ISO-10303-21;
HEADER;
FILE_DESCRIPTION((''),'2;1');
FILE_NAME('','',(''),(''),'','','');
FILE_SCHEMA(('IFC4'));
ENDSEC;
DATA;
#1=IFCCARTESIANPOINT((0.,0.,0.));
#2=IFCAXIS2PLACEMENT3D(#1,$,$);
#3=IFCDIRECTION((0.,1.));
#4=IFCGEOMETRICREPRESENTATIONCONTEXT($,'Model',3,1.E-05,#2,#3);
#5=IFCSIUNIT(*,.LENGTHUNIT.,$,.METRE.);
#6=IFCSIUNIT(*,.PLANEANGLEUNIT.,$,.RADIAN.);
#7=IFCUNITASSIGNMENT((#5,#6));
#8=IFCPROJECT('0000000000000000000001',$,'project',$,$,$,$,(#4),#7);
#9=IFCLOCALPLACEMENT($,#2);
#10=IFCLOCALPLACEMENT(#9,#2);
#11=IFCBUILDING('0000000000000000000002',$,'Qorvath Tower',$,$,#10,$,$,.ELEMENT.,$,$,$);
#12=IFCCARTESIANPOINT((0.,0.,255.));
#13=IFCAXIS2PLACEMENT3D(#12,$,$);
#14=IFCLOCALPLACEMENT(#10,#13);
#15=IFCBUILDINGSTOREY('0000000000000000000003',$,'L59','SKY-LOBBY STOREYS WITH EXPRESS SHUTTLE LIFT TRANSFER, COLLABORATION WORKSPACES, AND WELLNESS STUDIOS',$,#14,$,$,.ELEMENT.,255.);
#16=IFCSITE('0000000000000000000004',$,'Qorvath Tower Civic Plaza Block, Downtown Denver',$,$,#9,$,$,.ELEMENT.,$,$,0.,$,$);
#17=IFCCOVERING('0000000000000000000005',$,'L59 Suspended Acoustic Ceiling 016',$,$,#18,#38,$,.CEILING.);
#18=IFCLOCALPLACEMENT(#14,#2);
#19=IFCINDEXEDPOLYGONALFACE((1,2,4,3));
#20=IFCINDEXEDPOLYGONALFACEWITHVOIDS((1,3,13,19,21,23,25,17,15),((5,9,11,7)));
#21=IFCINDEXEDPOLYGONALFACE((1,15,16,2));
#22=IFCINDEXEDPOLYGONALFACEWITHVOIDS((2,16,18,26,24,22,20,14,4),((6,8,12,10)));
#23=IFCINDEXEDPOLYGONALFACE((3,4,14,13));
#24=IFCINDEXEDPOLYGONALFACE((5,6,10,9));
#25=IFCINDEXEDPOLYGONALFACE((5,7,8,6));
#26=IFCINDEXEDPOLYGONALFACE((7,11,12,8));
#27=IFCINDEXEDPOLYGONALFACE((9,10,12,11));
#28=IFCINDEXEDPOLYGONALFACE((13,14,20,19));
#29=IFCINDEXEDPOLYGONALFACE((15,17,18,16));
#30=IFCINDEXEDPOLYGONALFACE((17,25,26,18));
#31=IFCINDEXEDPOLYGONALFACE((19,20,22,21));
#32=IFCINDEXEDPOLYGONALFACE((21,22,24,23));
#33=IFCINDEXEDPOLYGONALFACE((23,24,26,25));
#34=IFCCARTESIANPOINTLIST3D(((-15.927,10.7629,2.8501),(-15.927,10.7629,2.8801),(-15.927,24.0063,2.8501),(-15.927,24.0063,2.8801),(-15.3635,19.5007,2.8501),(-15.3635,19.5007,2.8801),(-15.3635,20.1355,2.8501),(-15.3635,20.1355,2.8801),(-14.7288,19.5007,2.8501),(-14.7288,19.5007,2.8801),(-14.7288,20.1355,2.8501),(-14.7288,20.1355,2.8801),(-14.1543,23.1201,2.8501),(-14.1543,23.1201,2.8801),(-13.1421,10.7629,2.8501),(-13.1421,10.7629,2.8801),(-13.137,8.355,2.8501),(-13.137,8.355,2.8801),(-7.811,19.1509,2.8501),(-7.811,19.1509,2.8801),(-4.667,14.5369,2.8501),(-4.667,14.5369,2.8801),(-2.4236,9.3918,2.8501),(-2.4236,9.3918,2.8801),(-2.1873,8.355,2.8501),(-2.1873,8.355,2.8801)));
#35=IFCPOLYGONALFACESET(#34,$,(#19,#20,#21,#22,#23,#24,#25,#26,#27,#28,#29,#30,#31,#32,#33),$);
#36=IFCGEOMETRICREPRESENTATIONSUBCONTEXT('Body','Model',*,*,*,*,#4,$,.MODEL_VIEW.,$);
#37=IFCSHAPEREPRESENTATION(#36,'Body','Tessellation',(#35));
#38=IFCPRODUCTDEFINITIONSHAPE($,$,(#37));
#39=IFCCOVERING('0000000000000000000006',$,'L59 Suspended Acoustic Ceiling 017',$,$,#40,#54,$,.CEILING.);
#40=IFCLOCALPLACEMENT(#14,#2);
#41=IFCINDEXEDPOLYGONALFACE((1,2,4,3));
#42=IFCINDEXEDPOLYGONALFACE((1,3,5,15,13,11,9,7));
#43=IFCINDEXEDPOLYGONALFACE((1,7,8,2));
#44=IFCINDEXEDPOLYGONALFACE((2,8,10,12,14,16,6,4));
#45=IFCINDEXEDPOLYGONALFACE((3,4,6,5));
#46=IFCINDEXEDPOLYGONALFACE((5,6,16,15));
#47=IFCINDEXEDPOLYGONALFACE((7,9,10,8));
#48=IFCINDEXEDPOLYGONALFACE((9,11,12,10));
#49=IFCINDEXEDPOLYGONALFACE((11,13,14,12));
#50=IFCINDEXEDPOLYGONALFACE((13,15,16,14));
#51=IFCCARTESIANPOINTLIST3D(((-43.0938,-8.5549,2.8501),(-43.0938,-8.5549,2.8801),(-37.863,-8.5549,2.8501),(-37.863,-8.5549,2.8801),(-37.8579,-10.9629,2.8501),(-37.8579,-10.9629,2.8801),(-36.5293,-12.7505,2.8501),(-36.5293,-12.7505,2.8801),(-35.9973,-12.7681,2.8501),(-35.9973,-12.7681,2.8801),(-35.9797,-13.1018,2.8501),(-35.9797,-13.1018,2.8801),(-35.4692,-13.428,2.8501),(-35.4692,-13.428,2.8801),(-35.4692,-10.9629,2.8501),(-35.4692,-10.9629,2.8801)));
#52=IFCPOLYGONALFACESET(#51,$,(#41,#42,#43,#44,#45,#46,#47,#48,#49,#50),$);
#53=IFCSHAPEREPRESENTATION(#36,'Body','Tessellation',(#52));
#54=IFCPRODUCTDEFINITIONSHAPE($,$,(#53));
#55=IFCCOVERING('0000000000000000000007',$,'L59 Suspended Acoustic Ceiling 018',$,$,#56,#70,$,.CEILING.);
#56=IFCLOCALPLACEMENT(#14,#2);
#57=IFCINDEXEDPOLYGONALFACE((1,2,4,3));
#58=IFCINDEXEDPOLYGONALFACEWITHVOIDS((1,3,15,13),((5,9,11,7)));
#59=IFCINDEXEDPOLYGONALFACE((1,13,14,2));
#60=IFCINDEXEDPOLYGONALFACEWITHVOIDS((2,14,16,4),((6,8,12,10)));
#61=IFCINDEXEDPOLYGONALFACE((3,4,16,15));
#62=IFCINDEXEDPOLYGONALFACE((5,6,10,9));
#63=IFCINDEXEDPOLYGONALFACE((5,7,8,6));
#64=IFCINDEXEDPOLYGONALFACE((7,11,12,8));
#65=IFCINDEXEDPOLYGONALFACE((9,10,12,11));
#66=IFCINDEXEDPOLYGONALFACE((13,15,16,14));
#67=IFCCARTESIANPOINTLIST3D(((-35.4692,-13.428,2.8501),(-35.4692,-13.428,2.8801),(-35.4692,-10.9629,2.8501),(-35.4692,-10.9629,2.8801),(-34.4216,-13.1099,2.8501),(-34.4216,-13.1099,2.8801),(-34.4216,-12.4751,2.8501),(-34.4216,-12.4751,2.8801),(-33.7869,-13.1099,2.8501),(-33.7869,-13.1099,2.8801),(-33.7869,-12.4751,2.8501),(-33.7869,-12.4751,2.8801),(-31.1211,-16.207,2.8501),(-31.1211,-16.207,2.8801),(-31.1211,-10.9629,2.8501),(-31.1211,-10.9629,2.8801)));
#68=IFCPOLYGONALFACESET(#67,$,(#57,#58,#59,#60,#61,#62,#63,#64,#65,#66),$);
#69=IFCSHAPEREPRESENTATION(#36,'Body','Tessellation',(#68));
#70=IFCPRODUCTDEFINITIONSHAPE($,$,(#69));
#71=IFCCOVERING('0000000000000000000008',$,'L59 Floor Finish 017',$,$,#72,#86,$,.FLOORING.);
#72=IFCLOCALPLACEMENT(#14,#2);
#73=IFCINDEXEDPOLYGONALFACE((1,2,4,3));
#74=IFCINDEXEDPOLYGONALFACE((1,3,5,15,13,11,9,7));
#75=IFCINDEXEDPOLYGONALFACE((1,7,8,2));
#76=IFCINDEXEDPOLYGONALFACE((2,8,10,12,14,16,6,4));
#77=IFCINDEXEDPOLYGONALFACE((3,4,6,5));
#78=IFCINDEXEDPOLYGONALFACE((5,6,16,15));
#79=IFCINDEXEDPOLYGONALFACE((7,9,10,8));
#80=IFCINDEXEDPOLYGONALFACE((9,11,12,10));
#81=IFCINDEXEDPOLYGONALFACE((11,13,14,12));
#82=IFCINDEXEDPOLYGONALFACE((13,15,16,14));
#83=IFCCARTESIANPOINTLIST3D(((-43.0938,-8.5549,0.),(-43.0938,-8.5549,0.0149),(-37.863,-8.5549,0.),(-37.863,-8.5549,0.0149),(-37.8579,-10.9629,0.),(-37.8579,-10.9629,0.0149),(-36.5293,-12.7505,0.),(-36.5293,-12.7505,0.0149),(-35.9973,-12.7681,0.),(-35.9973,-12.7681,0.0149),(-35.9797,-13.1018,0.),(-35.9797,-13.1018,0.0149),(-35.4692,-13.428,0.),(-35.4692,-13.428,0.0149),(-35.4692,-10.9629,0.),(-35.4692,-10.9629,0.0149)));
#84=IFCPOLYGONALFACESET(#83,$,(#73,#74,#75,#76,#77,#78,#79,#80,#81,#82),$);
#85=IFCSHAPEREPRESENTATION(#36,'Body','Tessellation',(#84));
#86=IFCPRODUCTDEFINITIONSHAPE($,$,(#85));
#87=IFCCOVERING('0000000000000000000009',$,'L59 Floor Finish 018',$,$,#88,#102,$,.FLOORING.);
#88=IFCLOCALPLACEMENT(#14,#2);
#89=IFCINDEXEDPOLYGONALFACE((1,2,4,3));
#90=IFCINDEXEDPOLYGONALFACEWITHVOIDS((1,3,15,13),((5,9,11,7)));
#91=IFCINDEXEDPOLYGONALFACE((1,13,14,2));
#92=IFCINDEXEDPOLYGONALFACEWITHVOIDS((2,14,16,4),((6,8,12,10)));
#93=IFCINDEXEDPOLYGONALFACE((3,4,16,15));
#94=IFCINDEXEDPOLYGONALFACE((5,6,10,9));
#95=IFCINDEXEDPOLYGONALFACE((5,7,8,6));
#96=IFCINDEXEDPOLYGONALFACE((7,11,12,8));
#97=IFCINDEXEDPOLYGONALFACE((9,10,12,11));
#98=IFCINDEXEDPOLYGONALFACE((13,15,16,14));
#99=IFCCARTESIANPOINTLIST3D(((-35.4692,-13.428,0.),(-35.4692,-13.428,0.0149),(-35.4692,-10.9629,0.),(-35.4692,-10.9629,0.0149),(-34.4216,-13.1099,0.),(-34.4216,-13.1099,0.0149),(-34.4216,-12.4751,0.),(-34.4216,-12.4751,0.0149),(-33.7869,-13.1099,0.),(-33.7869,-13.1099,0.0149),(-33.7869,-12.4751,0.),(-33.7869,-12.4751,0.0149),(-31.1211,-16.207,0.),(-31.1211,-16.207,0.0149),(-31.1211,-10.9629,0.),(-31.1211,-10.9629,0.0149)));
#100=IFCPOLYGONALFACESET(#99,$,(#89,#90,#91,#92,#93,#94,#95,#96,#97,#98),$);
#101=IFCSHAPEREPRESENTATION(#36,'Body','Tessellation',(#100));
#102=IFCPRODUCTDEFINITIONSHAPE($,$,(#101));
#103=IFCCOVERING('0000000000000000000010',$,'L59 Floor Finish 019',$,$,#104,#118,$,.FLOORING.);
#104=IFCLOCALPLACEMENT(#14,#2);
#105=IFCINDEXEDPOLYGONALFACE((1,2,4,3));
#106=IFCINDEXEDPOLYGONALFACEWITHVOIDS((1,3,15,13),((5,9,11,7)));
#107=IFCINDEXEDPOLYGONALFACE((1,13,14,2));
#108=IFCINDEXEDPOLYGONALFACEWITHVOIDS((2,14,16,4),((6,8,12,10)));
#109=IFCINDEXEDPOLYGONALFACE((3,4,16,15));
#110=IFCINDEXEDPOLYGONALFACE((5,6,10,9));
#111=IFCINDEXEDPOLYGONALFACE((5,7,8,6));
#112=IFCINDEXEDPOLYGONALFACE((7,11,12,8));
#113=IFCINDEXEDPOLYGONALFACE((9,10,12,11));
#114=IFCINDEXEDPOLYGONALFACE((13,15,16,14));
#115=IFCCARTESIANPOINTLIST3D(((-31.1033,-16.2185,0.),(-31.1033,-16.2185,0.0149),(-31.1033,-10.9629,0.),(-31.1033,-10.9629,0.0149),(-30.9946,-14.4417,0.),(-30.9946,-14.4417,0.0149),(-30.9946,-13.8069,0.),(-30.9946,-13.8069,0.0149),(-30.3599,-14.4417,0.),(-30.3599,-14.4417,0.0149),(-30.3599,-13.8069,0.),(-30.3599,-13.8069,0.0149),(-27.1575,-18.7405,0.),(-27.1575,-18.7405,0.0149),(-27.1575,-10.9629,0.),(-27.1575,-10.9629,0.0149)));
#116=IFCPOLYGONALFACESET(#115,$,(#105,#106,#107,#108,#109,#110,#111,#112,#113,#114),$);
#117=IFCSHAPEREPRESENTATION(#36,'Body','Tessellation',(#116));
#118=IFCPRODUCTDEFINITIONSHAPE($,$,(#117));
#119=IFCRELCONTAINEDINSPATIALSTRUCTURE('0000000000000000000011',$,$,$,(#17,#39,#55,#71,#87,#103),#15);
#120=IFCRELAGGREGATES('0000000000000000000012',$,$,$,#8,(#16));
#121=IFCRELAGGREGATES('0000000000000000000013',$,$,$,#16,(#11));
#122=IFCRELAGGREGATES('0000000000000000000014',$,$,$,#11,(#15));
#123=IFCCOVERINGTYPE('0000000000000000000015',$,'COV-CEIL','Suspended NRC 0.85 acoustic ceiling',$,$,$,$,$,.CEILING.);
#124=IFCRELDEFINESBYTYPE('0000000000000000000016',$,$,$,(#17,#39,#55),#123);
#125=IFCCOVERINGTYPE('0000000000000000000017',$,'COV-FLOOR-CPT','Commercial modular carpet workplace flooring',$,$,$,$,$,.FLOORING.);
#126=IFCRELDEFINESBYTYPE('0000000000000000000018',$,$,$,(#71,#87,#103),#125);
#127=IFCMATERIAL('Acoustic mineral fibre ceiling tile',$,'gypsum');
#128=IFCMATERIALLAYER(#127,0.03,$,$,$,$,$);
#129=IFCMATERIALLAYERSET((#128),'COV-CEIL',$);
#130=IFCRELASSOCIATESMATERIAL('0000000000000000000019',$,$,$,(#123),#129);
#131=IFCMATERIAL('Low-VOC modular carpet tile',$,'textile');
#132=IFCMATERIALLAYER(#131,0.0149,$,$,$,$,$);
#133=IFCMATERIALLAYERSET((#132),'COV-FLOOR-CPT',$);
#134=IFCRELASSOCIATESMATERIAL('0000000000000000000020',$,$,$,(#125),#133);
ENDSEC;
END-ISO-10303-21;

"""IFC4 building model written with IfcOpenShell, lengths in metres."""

from ifc_helpers import new_model, si_unit, direction, frame, origin, place, context, subcontext, project, spatial, polyline, outline, extrude, material, layer, layer_set, type_object, element, save


model = new_model("IFC4")

# Units and contexts
model_context = context("Model", 3, precision=1e-05, world=origin(), true_north=direction((0.0, 1.0)))
body_context = subcontext(model_context, "Body", "Model", "MODEL_VIEW")
ifc_project = project(units=[si_unit("LENGTHUNIT", "METRE"), si_unit("PLANEANGLEUNIT", "RADIAN")], contexts=[model_context])

# Site, building, storey
site_placement = place(None, origin())
site = spatial("IfcSite", under=ifc_project, at=site_placement, Name="Qorvath Tower Civic Plaza Block, Downtown Denver", CompositionType="ELEMENT", RefElevation=0.0)
building_placement = place(site_placement, origin())
building = spatial("IfcBuilding", under=site, at=building_placement, Name="Qorvath Tower", CompositionType="ELEMENT")
storey_placement = place(building_placement, frame((0.0, 0.0, 255.0)))
storey = spatial("IfcBuildingStorey", under=building, at=storey_placement, Name="L59", Description="SKY-LOBBY STOREYS WITH EXPRESS SHUTTLE LIFT TRANSFER, COLLABORATION WORKSPACES, AND WELLNESS STUDIOS", CompositionType="ELEMENT", Elevation=255.0)

# Coverings
ifc_material_1 = material(Name="Acoustic mineral fibre ceiling tile", Category="gypsum")
ifc_layer_1 = layer(ifc_material_1, 0.03)
ifc_layer_set_1 = layer_set([ifc_layer_1], Name="COV-CEIL")
covering_type_1 = type_object("IfcCoveringType", Name="COV-CEIL", Description="Suspended NRC 0.85 acoustic ceiling", PredefinedType="CEILING", material=ifc_layer_set_1)
covering_1_placement = place(storey_placement, frame((0.0, 0.0, 2.8501)))
element("IfcCovering", 1, at=covering_1_placement, inside=storey, type_object=covering_type_1, Name="L59 Suspended Acoustic Ceiling 016", PredefinedType="CEILING", context=body_context, shape_type="SweptSolid", body=[
    extrude(outline(polyline([(-15.927, 24.0063), (-15.927, 10.7629), (-13.1421, 10.7629), (-13.137, 8.355), (-2.1873, 8.355), (-2.4236, 9.3918), (-4.667, 14.5369), (-7.811, 19.1509), (-14.1543, 23.1201), (-15.927, 24.0063)]), holes=[polyline([(-15.3635, 19.5007), (-15.3635, 20.1355), (-14.7288, 20.1355), (-14.7288, 19.5007), (-15.3635, 19.5007)])]), origin(), (0.0, 0.0, 1.0), 0.03),
])
covering_2_placement = place(storey_placement, frame((0.0, 0.0, 2.8501)))
element("IfcCovering", 2, at=covering_2_placement, inside=storey, type_object=covering_type_1, Name="L59 Suspended Acoustic Ceiling 017", PredefinedType="CEILING", context=body_context, shape_type="SweptSolid", body=[
    extrude(outline(polyline([(-37.863, -8.5549), (-43.0938, -8.5549), (-36.5293, -12.7505), (-35.9973, -12.7681), (-35.9797, -13.1018), (-35.4692, -13.428), (-35.4692, -10.9629), (-37.8579, -10.9629), (-37.863, -8.5549)])), origin(), (0.0, 0.0, 1.0), 0.03),
])
covering_3_placement = place(storey_placement, frame((0.0, 0.0, 2.8501)))
element("IfcCovering", 3, at=covering_3_placement, inside=storey, type_object=covering_type_1, Name="L59 Suspended Acoustic Ceiling 018", PredefinedType="CEILING", context=body_context, shape_type="SweptSolid", body=[
    extrude(outline(polyline([(-35.4692, -10.9629), (-35.4692, -13.428), (-31.1211, -16.207), (-31.1211, -10.9629), (-35.4692, -10.9629)]), holes=[polyline([(-34.4216, -13.1099), (-34.4216, -12.4751), (-33.7869, -12.4751), (-33.7869, -13.1099), (-34.4216, -13.1099)])]), origin(), (0.0, 0.0, 1.0), 0.03),
])
ifc_material_2 = material(Name="Low-VOC modular carpet tile", Category="textile")
ifc_layer_2 = layer(ifc_material_2, 0.0149)
ifc_layer_set_2 = layer_set([ifc_layer_2], Name="COV-FLOOR-CPT")
covering_type_2 = type_object("IfcCoveringType", Name="COV-FLOOR-CPT", Description="Commercial modular carpet workplace flooring", PredefinedType="FLOORING", material=ifc_layer_set_2)
covering_4_placement = place(storey_placement, origin())
element("IfcCovering", 4, at=covering_4_placement, inside=storey, type_object=covering_type_2, Name="L59 Floor Finish 017", PredefinedType="FLOORING", context=body_context, shape_type="SweptSolid", body=[
    extrude(outline(polyline([(-37.863, -8.5549), (-43.0938, -8.5549), (-36.5293, -12.7505), (-35.9973, -12.7681), (-35.9797, -13.1018), (-35.4692, -13.428), (-35.4692, -10.9629), (-37.8579, -10.9629), (-37.863, -8.5549)])), origin(), (0.0, 0.0, 1.0), 0.0149),
])
covering_5_placement = place(storey_placement, origin())
element("IfcCovering", 5, at=covering_5_placement, inside=storey, type_object=covering_type_2, Name="L59 Floor Finish 018", PredefinedType="FLOORING", context=body_context, shape_type="SweptSolid", body=[
    extrude(outline(polyline([(-35.4692, -10.9629), (-35.4692, -13.428), (-31.1211, -16.207), (-31.1211, -10.9629), (-35.4692, -10.9629)]), holes=[polyline([(-34.4216, -13.1099), (-34.4216, -12.4751), (-33.7869, -12.4751), (-33.7869, -13.1099), (-34.4216, -13.1099)])]), origin(), (0.0, 0.0, 1.0), 0.0149),
])
covering_6_placement = place(storey_placement, origin())
element("IfcCovering", 6, at=covering_6_placement, inside=storey, type_object=covering_type_2, Name="L59 Floor Finish 019", PredefinedType="FLOORING", context=body_context, shape_type="SweptSolid", body=[
    extrude(outline(polyline([(-31.1033, -10.9629), (-31.1033, -16.2185), (-27.1575, -18.7405), (-27.1575, -10.9629), (-31.1033, -10.9629)]), holes=[polyline([(-30.9946, -14.4417), (-30.9946, -13.8069), (-30.3599, -13.8069), (-30.3599, -14.4417), (-30.9946, -14.4417)])]), origin(), (0.0, 0.0, 1.0), 0.0149),
])

save(model, "model.ifc")
